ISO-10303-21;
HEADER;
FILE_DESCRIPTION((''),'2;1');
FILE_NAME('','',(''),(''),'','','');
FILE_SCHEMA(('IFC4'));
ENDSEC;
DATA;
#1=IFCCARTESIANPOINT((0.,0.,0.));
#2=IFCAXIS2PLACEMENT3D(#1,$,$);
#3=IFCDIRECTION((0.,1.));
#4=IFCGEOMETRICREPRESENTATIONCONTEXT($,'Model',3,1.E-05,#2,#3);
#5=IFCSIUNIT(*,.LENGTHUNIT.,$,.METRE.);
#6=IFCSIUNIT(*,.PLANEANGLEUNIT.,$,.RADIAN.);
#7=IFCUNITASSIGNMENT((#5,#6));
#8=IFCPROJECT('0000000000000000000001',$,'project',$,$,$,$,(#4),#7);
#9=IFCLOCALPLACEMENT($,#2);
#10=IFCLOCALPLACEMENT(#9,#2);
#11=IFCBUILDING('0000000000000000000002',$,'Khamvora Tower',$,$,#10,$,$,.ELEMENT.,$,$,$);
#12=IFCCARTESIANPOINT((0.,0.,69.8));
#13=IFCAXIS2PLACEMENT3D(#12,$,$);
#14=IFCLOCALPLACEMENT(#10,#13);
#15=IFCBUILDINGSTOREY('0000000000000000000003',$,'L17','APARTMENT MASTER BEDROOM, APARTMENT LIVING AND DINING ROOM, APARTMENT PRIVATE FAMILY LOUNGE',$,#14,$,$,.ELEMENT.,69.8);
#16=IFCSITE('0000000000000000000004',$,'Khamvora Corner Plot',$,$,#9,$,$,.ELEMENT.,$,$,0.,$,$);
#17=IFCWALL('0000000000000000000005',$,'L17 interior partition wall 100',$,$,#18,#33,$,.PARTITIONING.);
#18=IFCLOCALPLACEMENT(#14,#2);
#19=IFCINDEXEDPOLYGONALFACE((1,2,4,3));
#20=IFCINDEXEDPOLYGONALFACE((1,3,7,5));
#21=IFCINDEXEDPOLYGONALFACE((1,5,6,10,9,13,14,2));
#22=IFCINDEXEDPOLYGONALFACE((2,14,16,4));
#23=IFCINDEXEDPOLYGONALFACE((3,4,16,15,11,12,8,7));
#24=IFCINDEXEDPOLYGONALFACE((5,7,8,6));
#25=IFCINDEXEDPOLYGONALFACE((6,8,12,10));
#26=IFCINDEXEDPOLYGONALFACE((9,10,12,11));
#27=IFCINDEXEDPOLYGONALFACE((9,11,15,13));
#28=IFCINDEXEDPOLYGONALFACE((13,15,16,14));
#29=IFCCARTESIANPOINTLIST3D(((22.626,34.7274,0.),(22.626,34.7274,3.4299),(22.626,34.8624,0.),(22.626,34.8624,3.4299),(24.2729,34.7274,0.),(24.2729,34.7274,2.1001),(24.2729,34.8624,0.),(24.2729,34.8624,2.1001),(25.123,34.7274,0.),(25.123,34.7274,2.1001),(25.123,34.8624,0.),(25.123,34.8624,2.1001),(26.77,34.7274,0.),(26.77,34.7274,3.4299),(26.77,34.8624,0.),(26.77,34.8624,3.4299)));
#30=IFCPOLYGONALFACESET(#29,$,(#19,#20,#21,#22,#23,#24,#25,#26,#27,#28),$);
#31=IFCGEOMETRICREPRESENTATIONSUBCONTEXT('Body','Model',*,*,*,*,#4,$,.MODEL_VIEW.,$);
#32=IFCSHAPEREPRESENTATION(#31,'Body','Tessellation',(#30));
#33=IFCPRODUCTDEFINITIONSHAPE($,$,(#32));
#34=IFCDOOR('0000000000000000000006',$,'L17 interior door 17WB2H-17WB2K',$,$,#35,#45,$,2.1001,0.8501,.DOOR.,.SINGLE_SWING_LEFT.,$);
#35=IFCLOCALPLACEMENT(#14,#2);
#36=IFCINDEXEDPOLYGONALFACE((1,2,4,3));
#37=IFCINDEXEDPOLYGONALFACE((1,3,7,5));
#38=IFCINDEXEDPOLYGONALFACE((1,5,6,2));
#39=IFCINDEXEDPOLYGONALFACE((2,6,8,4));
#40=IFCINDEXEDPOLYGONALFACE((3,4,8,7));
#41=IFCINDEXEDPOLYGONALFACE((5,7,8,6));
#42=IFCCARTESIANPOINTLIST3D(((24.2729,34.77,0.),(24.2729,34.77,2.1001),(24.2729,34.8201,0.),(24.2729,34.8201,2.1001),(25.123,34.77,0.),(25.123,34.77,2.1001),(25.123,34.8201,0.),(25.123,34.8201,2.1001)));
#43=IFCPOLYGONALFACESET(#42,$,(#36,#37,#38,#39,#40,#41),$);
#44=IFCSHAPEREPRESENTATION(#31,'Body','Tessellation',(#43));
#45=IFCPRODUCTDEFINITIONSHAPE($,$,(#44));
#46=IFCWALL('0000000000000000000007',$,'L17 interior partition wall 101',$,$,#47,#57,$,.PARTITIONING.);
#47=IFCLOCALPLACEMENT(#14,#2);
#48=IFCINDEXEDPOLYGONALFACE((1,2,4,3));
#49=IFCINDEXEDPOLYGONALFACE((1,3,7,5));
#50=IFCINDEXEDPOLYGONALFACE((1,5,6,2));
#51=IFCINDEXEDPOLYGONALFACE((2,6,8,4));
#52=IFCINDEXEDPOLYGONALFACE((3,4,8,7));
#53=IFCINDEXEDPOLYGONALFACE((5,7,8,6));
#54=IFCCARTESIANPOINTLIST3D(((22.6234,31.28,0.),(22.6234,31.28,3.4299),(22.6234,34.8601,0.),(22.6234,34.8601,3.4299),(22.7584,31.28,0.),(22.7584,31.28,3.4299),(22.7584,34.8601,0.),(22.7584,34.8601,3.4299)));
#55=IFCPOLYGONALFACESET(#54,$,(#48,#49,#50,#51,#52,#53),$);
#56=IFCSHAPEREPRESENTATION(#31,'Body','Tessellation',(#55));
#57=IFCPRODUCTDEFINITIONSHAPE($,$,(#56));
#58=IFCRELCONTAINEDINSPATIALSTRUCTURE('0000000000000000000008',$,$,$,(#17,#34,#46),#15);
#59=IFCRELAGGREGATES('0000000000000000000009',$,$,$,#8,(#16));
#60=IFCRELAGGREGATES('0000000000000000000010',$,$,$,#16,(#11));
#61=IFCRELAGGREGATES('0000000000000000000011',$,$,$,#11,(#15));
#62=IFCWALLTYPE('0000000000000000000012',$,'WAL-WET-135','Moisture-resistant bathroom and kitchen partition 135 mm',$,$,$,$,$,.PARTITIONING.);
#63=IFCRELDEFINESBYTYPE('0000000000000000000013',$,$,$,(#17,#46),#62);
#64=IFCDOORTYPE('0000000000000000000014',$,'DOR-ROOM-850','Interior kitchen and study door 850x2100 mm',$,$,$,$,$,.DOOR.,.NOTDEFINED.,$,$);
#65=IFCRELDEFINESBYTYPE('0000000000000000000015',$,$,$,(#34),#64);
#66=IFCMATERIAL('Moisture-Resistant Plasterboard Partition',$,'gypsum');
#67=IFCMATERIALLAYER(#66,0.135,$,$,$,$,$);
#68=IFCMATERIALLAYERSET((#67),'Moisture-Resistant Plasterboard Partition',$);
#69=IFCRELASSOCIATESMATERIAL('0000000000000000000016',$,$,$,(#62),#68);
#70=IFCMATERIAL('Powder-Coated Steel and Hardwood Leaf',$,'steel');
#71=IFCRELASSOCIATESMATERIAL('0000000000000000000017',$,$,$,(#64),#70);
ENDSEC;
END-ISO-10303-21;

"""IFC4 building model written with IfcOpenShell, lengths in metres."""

from ifc_helpers import new_model, si_unit, direction, frame, frame_2d, origin, place, context, subcontext, project, spatial, rectangle, extrude, material, layer, layer_set, type_object, element, fill, save


model = new_model("IFC4")

# Units and contexts
model_context = context("Model", 3, precision=1e-05, world=origin(), true_north=direction((0.0, 1.0)))
body_context = subcontext(model_context, "Body", "Model", "MODEL_VIEW")
ifc_project = project(units=[si_unit("LENGTHUNIT", "METRE"), si_unit("PLANEANGLEUNIT", "RADIAN")], contexts=[model_context])

# Site, building, storey
site_placement = place(None, origin())
site = spatial("IfcSite", under=ifc_project, at=site_placement, Name="Khamvora Corner Plot", CompositionType="ELEMENT", RefElevation=0.0)
building_placement = place(site_placement, origin())
building = spatial("IfcBuilding", under=site, at=building_placement, Name="Khamvora Tower", CompositionType="ELEMENT")
storey_placement = place(building_placement, frame((0.0, 0.0, 69.8)))
storey = spatial("IfcBuildingStorey", under=building, at=storey_placement, Name="L17", Description="APARTMENT MASTER BEDROOM, APARTMENT LIVING AND DINING ROOM, APARTMENT PRIVATE FAMILY LOUNGE", CompositionType="ELEMENT", Elevation=69.8)

# Shared definitions
ifc_material_1 = material(Name="Powder-Coated Steel and Hardwood Leaf", Category="steel")

# Wall, opening, door
ifc_material_2 = material(Name="Moisture-Resistant Plasterboard Partition", Category="gypsum")
ifc_layer_1 = layer(ifc_material_2, 0.135)
ifc_layer_set_1 = layer_set([ifc_layer_1], Name="Moisture-Resistant Plasterboard Partition")
wall_type_1 = type_object("IfcWallType", Name="WAL-WET-135", Description="Moisture-resistant bathroom and kitchen partition 135 mm", PredefinedType="PARTITIONING", material=ifc_layer_set_1)
wall_1_placement = place(storey_placement, frame((26.77, 34.7949, 0.0), z_axis=(0.0, 0.0, 1.0), x_axis=(-1.0, 0.0, 0.0)))
wall_1 = element("IfcWall", 1, at=wall_1_placement, inside=storey, type_object=wall_type_1, Name="L17 interior partition wall 100", PredefinedType="PARTITIONING", context=body_context, shape_type="SweptSolid", body=[
    extrude(rectangle(XDim=4.144, YDim=0.135, at=frame_2d((2.072, 0.0))), origin(), (0.0, 0.0, 1.0), 3.4299),
])
opening_1_placement = place(wall_1_placement, frame((1.647, 0.0, 0.0)))
opening_1 = element("IfcOpeningElement", 2, at=opening_1_placement, cuts=wall_1, PredefinedType="OPENING", context=body_context, shape_type="SweptSolid", body=[
    extrude(rectangle(XDim=0.8501, YDim=2.1001, at=frame_2d((0.425, 1.05))), frame((0.0, 0.0774, 0.0), z_axis=(0.0, -1.0, 0.0), x_axis=(1.0, 0.0, 0.0)), (0.0, 0.0, 1.0), 0.155),
])
door_type_1 = type_object("IfcDoorType", Name="DOR-ROOM-850", Description="Interior kitchen and study door 850x2100 mm", OperationType="NOTDEFINED", PredefinedType="DOOR", material=ifc_material_1)
door_1_placement = place(opening_1_placement, origin())
door_1 = element("IfcDoor", 3, at=door_1_placement, inside=storey, type_object=door_type_1, Name="L17 interior door 17WB2H-17WB2K", OperationType="SINGLE_SWING_LEFT", OverallHeight=2.1001, OverallWidth=0.8501, PredefinedType="DOOR", context=body_context, shape_type="SweptSolid", body=[
    extrude(rectangle(XDim=0.8501, YDim=2.1001, at=frame_2d((0.425, 1.05))), frame((0.0, 0.0249, 0.0), z_axis=(0.0, -1.0, 0.0), x_axis=(1.0, 0.0, 0.0)), (0.0, 0.0, 1.0), 0.05),
])
fill(opening_1, door_1)

# Wall
wall_2_placement = place(storey_placement, frame((22.6909, 34.8601, 0.0), z_axis=(0.0, 0.0, 1.0), x_axis=(0.0, -1.0, 0.0)))
element("IfcWall", 4, at=wall_2_placement, inside=storey, type_object=wall_type_1, Name="L17 interior partition wall 101", PredefinedType="PARTITIONING", context=body_context, shape_type="SweptSolid", body=[
    extrude(rectangle(XDim=3.5801, YDim=0.135, at=frame_2d((1.79, 0.0))), origin(), (0.0, 0.0, 1.0), 3.4299),
])

save(model, "model.ifc")
